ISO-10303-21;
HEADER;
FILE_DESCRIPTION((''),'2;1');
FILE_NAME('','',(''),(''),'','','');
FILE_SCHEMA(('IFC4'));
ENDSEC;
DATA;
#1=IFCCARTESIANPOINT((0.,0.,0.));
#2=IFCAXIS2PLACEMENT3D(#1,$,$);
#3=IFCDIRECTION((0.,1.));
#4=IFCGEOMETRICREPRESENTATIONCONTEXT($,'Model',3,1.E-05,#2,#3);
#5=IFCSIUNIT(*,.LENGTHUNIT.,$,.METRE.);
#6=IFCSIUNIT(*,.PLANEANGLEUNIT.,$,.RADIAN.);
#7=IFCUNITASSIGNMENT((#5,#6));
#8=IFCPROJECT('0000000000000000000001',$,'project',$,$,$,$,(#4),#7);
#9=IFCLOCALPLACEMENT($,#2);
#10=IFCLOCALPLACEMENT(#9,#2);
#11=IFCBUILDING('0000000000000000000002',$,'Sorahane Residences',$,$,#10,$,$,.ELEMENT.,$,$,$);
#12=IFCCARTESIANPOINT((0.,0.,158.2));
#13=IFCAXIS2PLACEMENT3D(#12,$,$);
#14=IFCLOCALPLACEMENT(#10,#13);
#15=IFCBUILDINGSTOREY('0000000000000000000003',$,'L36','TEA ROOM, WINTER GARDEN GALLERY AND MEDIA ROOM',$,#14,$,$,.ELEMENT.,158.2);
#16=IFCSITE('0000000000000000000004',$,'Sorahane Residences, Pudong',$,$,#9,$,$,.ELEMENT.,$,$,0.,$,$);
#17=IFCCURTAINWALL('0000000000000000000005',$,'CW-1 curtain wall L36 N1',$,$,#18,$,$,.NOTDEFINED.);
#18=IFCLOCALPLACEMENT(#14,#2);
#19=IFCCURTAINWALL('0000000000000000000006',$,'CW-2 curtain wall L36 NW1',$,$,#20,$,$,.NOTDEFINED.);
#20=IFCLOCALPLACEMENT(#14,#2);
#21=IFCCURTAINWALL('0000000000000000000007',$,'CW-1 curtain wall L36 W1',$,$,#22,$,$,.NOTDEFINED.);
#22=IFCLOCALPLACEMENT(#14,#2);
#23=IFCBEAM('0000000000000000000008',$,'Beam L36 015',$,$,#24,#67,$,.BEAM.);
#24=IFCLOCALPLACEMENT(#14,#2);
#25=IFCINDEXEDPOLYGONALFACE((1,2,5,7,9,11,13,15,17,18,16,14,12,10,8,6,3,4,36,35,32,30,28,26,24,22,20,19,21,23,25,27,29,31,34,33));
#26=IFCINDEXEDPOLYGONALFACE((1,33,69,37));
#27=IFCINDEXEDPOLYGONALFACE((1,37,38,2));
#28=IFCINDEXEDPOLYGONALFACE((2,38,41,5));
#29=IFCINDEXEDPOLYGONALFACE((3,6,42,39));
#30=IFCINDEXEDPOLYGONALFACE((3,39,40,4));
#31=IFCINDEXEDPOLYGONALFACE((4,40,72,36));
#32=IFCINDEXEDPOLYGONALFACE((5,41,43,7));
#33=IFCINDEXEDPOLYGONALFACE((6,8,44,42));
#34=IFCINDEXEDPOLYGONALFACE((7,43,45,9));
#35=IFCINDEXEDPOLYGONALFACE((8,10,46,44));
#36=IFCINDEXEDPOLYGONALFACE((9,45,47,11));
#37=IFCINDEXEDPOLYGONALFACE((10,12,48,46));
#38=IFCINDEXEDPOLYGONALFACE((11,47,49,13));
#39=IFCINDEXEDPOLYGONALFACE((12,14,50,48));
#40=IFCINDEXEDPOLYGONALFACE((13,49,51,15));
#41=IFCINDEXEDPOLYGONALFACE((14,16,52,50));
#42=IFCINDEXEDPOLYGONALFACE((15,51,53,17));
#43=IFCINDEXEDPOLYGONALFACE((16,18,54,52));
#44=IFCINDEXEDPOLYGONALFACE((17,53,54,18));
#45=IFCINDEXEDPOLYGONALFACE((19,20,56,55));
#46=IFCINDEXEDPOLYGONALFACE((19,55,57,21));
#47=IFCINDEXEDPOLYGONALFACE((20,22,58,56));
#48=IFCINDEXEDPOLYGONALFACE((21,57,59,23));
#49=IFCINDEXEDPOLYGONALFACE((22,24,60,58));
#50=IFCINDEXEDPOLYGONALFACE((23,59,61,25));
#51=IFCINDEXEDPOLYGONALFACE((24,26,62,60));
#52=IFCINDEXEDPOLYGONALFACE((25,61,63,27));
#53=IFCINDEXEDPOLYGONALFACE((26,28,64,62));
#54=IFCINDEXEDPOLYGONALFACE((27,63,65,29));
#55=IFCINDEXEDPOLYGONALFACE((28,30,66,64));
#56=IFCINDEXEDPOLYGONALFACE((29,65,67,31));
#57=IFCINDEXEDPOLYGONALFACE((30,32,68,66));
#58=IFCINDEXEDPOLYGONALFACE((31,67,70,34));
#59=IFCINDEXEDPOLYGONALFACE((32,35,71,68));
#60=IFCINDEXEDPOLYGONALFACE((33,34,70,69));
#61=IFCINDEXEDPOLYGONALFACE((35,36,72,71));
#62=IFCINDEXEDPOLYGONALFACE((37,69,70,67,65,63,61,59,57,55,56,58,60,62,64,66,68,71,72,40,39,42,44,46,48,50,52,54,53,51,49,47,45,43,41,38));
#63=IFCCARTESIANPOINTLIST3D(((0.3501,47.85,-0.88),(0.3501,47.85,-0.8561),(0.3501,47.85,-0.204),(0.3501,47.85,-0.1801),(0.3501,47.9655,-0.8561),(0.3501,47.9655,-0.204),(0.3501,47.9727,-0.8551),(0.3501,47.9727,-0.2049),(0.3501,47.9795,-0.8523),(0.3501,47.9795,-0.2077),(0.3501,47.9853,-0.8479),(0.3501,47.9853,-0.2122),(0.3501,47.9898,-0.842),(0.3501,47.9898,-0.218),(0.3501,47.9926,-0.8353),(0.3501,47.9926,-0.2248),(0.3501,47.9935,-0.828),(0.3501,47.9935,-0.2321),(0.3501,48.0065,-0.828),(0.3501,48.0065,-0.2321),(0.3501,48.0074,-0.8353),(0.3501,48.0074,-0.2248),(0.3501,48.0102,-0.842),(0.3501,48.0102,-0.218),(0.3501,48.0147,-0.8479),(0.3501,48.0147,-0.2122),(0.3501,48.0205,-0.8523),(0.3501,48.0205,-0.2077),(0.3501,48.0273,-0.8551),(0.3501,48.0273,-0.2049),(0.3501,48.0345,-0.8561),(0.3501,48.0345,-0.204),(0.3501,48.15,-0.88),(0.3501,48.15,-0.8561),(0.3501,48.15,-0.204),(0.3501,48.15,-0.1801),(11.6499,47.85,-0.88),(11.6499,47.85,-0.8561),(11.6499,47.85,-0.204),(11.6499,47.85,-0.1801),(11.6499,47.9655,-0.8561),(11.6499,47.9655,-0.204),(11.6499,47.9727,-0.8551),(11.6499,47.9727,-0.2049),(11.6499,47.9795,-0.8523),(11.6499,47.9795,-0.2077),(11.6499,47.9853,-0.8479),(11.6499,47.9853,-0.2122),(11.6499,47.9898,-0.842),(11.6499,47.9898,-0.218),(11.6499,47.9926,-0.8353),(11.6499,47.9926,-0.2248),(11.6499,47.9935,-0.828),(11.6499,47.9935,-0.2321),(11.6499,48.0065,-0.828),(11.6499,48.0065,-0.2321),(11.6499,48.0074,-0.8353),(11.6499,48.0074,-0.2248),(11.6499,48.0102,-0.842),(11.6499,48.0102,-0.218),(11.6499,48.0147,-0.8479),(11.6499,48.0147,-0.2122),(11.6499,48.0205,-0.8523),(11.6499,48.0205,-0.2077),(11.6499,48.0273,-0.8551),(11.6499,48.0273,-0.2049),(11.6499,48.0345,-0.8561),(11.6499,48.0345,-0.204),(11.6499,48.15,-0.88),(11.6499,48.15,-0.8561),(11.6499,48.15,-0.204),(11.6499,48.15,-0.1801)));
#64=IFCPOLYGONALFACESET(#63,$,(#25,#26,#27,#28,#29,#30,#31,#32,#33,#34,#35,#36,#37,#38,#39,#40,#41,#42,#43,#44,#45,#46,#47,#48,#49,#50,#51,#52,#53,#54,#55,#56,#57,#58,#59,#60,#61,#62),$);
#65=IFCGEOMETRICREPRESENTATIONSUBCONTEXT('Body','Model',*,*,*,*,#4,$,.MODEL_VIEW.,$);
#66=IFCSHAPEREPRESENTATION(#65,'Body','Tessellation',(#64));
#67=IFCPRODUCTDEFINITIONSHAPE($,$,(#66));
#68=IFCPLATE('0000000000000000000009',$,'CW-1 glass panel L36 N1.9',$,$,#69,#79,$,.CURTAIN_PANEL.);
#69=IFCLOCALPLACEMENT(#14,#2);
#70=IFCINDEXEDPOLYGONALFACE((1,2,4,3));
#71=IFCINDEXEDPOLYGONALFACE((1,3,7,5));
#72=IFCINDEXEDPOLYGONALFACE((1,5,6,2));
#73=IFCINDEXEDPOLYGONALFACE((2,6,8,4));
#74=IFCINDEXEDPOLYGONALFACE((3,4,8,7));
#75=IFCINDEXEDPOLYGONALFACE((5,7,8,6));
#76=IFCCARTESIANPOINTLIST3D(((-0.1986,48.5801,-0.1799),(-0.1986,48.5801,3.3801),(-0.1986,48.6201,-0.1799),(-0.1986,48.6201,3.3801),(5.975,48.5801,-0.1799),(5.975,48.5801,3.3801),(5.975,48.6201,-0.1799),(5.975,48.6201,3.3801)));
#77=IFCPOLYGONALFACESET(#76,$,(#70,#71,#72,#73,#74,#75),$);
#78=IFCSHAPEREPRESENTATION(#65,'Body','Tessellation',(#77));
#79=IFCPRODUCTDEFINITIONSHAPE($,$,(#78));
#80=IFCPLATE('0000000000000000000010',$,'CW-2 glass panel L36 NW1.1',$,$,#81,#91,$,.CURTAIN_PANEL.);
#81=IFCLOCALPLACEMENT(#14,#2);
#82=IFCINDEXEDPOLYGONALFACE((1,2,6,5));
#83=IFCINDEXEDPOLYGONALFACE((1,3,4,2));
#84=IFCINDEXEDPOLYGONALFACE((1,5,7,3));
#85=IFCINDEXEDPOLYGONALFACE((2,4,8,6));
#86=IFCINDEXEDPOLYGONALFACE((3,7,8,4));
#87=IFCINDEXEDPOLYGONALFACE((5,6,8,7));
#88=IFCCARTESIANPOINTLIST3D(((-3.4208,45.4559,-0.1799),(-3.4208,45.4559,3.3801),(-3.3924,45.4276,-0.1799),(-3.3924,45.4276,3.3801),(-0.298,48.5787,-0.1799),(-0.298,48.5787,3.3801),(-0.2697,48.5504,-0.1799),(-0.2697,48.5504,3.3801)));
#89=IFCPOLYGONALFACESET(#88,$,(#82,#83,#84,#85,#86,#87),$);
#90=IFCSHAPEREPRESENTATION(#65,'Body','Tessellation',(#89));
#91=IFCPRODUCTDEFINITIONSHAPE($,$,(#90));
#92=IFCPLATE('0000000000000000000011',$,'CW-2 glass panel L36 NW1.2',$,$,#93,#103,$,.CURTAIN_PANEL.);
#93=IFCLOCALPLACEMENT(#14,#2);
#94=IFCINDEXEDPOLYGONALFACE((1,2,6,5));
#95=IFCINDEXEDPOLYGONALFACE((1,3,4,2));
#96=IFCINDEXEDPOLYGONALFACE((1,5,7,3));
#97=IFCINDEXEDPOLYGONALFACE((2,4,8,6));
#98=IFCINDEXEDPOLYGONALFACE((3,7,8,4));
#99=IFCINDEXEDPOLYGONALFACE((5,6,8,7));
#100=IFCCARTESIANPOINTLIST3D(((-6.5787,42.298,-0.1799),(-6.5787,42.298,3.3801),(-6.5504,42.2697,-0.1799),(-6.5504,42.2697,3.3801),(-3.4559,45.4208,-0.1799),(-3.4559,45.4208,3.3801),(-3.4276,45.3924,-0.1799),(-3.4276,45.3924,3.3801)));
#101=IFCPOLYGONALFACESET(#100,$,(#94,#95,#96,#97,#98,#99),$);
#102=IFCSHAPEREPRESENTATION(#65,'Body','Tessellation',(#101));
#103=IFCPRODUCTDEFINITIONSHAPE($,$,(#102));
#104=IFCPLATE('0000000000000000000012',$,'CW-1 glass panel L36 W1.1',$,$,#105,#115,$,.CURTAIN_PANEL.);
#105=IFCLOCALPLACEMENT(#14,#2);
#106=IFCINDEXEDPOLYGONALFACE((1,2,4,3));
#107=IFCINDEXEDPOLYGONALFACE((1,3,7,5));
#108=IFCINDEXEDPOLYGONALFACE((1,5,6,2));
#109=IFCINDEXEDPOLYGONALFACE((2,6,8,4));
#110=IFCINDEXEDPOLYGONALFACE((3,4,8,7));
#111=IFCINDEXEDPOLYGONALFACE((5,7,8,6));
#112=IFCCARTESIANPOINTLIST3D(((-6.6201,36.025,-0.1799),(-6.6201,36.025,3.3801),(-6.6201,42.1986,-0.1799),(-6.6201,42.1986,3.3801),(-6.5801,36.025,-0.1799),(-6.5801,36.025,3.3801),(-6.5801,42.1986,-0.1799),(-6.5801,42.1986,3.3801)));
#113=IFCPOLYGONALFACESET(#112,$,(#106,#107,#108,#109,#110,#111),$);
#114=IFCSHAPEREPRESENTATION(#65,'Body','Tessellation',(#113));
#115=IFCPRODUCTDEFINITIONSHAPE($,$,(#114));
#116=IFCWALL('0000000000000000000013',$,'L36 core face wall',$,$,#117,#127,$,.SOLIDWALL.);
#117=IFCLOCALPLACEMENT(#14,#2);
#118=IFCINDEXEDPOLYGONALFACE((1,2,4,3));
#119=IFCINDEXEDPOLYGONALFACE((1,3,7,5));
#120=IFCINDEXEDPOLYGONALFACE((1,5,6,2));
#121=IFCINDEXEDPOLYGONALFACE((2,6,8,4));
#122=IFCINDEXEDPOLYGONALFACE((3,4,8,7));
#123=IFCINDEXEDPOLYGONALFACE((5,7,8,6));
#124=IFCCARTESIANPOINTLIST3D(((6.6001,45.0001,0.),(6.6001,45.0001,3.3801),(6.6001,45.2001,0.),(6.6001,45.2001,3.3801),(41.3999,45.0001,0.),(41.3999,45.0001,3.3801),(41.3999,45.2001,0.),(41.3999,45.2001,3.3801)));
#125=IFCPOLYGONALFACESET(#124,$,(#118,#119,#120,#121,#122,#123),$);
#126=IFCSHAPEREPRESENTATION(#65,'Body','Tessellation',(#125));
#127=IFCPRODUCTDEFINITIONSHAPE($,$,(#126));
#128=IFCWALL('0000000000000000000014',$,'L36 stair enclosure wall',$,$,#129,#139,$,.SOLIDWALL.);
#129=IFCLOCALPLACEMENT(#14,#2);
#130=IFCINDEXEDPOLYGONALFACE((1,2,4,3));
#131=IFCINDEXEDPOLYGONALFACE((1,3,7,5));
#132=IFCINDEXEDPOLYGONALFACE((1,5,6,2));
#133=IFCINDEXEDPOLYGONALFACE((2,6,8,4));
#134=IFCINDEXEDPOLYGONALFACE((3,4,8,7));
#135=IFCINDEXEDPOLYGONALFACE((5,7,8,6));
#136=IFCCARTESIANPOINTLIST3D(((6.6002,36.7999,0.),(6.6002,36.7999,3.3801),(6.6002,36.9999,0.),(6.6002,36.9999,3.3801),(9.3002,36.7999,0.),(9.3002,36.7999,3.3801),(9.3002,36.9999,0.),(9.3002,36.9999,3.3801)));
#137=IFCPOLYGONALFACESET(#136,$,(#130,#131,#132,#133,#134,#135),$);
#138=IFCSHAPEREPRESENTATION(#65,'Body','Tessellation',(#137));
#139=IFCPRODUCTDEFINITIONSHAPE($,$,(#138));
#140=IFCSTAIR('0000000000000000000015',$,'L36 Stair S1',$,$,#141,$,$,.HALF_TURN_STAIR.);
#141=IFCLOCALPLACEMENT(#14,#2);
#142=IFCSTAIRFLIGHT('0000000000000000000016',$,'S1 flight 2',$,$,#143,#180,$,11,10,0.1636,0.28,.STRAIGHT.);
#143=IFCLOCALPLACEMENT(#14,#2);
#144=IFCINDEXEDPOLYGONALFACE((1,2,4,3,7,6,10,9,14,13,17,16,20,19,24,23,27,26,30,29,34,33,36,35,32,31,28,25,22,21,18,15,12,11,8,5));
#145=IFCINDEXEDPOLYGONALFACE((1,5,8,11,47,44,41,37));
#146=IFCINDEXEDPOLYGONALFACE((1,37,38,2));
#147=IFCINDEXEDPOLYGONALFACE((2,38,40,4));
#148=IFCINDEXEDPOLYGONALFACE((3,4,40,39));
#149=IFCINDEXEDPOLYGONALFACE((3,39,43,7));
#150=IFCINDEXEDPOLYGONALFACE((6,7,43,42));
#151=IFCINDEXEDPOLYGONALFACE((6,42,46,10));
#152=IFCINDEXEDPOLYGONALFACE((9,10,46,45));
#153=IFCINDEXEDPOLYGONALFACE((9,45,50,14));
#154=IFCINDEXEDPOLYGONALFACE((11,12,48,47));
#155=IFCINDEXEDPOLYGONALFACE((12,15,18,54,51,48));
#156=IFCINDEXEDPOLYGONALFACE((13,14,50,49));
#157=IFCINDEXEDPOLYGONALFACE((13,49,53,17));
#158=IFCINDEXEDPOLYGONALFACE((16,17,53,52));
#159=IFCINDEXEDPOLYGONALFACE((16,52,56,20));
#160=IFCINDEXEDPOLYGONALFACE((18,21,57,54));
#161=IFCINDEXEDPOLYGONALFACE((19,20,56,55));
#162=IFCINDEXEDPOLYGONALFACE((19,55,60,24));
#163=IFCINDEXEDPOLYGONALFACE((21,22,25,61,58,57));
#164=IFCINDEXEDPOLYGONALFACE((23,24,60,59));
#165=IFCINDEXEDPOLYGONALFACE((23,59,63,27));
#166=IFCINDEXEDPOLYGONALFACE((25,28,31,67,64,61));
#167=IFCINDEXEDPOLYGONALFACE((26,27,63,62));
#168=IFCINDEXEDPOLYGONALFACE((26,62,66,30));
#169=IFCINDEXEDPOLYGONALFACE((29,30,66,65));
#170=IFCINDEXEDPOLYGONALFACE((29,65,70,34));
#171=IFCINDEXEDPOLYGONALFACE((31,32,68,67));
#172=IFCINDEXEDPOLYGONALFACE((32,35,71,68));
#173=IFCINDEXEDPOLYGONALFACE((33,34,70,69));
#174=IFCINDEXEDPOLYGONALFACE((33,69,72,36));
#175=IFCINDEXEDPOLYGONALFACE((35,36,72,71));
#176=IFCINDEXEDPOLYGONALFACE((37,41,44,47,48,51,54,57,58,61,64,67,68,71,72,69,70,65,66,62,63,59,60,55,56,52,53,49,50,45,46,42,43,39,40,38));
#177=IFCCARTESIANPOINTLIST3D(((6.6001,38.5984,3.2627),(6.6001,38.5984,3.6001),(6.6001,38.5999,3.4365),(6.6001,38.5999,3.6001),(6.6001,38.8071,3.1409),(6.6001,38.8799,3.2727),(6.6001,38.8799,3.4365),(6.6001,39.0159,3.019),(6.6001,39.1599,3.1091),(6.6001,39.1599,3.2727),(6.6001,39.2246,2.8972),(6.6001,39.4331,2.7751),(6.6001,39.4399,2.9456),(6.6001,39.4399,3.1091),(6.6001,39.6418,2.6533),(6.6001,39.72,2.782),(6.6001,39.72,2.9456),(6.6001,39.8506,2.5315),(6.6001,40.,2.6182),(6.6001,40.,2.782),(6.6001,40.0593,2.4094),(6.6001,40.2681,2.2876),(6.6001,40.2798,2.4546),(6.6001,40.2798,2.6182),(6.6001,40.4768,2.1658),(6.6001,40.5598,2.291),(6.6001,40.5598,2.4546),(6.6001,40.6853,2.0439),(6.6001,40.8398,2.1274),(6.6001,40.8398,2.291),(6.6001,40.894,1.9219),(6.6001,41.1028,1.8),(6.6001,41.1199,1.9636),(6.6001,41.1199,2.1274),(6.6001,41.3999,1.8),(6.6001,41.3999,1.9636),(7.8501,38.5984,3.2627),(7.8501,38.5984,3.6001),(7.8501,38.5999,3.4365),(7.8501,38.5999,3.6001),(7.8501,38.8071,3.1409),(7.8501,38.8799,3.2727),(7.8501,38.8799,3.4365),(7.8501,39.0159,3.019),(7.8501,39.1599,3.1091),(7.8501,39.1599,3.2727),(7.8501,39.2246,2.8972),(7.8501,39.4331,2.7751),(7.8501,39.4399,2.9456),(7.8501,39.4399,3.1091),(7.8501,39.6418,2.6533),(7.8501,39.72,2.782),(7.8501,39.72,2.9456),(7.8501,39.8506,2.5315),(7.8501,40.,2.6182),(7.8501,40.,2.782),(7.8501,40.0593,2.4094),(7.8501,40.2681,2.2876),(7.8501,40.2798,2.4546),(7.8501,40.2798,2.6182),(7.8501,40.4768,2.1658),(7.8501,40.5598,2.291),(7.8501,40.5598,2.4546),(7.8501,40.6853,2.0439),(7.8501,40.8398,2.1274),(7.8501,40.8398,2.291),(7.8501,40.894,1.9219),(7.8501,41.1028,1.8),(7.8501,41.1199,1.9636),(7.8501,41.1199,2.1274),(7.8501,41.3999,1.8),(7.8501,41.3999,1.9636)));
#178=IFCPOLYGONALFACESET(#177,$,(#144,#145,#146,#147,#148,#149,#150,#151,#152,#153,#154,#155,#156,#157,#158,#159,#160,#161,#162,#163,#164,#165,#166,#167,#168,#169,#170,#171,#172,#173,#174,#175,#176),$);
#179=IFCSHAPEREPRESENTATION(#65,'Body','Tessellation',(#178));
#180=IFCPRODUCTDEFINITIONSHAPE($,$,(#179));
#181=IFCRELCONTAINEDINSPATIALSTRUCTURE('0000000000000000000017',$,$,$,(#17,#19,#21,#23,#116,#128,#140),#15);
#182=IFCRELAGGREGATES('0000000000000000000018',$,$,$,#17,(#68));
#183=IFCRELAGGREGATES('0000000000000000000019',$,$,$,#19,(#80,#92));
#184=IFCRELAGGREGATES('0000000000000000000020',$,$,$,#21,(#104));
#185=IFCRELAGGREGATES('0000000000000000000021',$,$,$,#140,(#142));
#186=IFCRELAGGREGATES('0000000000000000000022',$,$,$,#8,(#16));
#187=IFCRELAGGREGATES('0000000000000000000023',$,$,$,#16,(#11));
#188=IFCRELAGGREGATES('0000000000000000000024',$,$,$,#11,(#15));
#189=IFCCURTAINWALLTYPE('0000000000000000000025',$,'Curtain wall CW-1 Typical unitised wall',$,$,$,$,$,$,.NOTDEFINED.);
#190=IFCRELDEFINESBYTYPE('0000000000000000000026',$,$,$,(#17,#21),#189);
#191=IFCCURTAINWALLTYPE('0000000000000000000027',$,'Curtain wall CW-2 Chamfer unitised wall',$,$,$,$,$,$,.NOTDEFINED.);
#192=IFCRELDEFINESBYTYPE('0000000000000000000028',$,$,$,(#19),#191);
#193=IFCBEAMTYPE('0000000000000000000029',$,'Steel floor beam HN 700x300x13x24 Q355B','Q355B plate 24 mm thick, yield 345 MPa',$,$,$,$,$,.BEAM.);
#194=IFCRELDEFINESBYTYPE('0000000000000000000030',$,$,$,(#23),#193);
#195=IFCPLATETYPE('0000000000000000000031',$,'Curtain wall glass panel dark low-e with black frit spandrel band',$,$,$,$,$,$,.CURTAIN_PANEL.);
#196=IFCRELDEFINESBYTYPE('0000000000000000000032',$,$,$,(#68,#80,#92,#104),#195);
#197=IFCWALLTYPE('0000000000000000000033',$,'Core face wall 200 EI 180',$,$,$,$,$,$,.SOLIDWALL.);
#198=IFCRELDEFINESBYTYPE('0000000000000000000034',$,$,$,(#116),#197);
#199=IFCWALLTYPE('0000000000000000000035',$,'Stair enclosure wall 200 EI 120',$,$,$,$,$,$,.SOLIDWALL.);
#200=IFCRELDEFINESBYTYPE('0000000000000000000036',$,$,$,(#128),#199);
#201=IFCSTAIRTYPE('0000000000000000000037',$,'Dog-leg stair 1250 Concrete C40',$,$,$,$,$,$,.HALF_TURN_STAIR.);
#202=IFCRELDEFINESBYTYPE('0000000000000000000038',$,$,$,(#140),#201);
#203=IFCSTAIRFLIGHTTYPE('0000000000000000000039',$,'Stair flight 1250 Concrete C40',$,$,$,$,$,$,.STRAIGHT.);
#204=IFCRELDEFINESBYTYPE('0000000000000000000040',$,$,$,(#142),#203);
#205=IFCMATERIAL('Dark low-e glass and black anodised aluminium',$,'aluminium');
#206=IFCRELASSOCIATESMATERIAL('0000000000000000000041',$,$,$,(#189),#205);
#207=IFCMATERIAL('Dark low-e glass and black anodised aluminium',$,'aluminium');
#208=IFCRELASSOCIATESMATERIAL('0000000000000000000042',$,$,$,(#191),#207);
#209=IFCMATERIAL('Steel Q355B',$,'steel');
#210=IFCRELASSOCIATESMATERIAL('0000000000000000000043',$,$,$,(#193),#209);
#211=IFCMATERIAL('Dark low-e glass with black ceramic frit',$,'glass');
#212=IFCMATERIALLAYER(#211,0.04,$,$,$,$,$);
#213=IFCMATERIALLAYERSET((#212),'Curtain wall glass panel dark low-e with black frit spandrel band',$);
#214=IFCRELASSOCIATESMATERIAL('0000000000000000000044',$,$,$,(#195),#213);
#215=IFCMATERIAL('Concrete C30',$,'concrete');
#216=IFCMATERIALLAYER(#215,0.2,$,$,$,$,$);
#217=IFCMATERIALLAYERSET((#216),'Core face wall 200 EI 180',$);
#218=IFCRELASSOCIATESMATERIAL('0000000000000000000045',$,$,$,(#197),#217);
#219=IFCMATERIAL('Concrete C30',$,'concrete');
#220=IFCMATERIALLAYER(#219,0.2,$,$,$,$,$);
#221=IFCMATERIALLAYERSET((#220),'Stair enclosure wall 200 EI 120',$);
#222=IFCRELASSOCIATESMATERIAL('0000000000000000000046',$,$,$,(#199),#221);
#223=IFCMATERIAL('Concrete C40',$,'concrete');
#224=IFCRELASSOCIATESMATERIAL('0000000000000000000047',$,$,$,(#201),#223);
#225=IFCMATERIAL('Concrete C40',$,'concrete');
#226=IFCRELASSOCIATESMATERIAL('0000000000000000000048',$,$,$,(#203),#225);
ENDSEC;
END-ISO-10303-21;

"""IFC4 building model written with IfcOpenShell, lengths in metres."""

from ifc_helpers import new_model, si_unit, direction, frame, frame_2d, origin, origin_2d, place, context, subcontext, project, spatial, polyline, rectangle, i_section, outline, extrude, material, layer, layer_set, material_profile, profile_set, type_object, element, aggregate, save


model = new_model("IFC4")

# Units and contexts
model_context = context("Model", 3, precision=1e-05, world=origin(), true_north=direction((0.0, 1.0)))
body_context = subcontext(model_context, "Body", "Model", "MODEL_VIEW")
ifc_project = project(units=[si_unit("LENGTHUNIT", "METRE"), si_unit("PLANEANGLEUNIT", "RADIAN")], contexts=[model_context])

# Site, building, storey
site_placement = place(None, origin())
site = spatial("IfcSite", under=ifc_project, at=site_placement, Name="Sorahane Residences, Pudong", CompositionType="ELEMENT", RefElevation=0.0)
building_placement = place(site_placement, origin())
building = spatial("IfcBuilding", under=site, at=building_placement, Name="Sorahane Residences", CompositionType="ELEMENT")
storey_placement = place(building_placement, frame((0.0, 0.0, 158.2)))
storey = spatial("IfcBuildingStorey", under=building, at=storey_placement, Name="L36", Description="TEA ROOM, WINTER GARDEN GALLERY AND MEDIA ROOM", CompositionType="ELEMENT", Elevation=158.2)

# Curtain walls
ifc_material_1 = material(Name="Dark low-e glass and black anodised aluminium", Category="aluminium")
curtain_wall_type_1 = type_object("IfcCurtainWallType", Name="Curtain wall CW-1 Typical unitised wall", PredefinedType="NOTDEFINED", material=ifc_material_1)
curtain_wall_1_placement = place(storey_placement, origin())
curtain_wall_1 = element("IfcCurtainWall", 1, at=curtain_wall_1_placement, inside=storey, type_object=curtain_wall_type_1, Name="CW-1 curtain wall L36 N1", PredefinedType="NOTDEFINED")
ifc_material_2 = material(Name="Dark low-e glass and black anodised aluminium", Category="aluminium")
curtain_wall_type_2 = type_object("IfcCurtainWallType", Name="Curtain wall CW-2 Chamfer unitised wall", PredefinedType="NOTDEFINED", material=ifc_material_2)
curtain_wall_2_placement = place(storey_placement, origin())
curtain_wall_2 = element("IfcCurtainWall", 2, at=curtain_wall_2_placement, inside=storey, type_object=curtain_wall_type_2, Name="CW-2 curtain wall L36 NW1", PredefinedType="NOTDEFINED")

# Curtain wall
curtain_wall_3_placement = place(storey_placement, origin())
curtain_wall_3 = element("IfcCurtainWall", 3, at=curtain_wall_3_placement, inside=storey, type_object=curtain_wall_type_1, Name="CW-1 curtain wall L36 W1", PredefinedType="NOTDEFINED")

# Beam
ifc_material_3 = material(Name="Steel Q355B", Category="steel")
ifc_material_profile_1 = material_profile(ifc_material_3, i_section(OverallWidth=0.3, OverallDepth=0.7, WebThickness=0.0129, FlangeThickness=0.0239, FilletRadius=0.0281, at=origin_2d()), Name="HN 700x300x13x24")
ifc_profile_set_1 = profile_set([ifc_material_profile_1], Name="Steel Q355B")
beam_type_1 = type_object("IfcBeamType", Name="Steel floor beam HN 700x300x13x24 Q355B", Description="Q355B plate 24 mm thick, yield 345 MPa", PredefinedType="BEAM", material=ifc_profile_set_1)
beam_1_placement = place(storey_placement, frame((0.3501, 48.0, -0.53), z_axis=(1.0, 0.0, 0.0), x_axis=(0.0, 1.0, 0.0)))
element("IfcBeam", 4, at=beam_1_placement, inside=storey, type_object=beam_type_1, Name="Beam L36 015", PredefinedType="BEAM", context=body_context, shape_type="SweptSolid", body=[
    extrude(i_section(OverallWidth=0.3, OverallDepth=0.7, WebThickness=0.0129, FlangeThickness=0.0239, FilletRadius=0.0281, at=origin_2d()), origin(), (0.0, 0.0, 1.0), 11.2998),
])

# Plates
ifc_material_4 = material(Name="Dark low-e glass with black ceramic frit", Category="glass")
ifc_layer_1 = layer(ifc_material_4, 0.04)
ifc_layer_set_1 = layer_set([ifc_layer_1], Name="Curtain wall glass panel dark low-e with black frit spandrel band")
plate_type = type_object("IfcPlateType", Name="Curtain wall glass panel dark low-e with black frit spandrel band", PredefinedType="CURTAIN_PANEL", material=ifc_layer_set_1)
plate_1_placement = place(storey_placement, frame((2.8882, 48.6001, -0.1799), z_axis=(0.0, 0.0, 1.0), x_axis=(-1.0, 0.0, 0.0)))
plate_1 = element("IfcPlate", 5, at=plate_1_placement, type_object=plate_type, Name="CW-1 glass panel L36 N1.9", PredefinedType="CURTAIN_PANEL", context=body_context, shape_type="SweptSolid", body=[
    extrude(rectangle(XDim=6.1736, YDim=0.04, at=origin_2d()), origin(), (0.0, 0.0, 1.0), 3.5601),
])
aggregate(curtain_wall_1, [plate_1])
plate_2_placement = place(storey_placement, frame((-1.8452, 47.0032, -0.1799), z_axis=(0.0, 0.0, 1.0), x_axis=(-0.707107, -0.707107, 0.0)))
plate_2 = element("IfcPlate", 6, at=plate_2_placement, type_object=plate_type, Name="CW-2 glass panel L36 NW1.1", PredefinedType="CURTAIN_PANEL", context=body_context, shape_type="SweptSolid", body=[
    extrude(rectangle(XDim=4.4163, YDim=0.04, at=origin_2d()), origin(), (0.0, 0.0, 1.0), 3.5601),
])
plate_3_placement = place(storey_placement, frame((-5.0032, 43.8452, -0.1799), z_axis=(0.0, 0.0, 1.0), x_axis=(-0.707107, -0.707107, 0.0)))
plate_3 = element("IfcPlate", 7, at=plate_3_placement, type_object=plate_type, Name="CW-2 glass panel L36 NW1.2", PredefinedType="CURTAIN_PANEL", context=body_context, shape_type="SweptSolid", body=[
    extrude(rectangle(XDim=4.4163, YDim=0.04, at=origin_2d()), origin(), (0.0, 0.0, 1.0), 3.5601),
])
aggregate(curtain_wall_2, [plate_2, plate_3])
plate_4_placement = place(storey_placement, frame((-6.6001, 39.1118, -0.1799), z_axis=(0.0, 0.0, 1.0), x_axis=(0.0, -1.0, 0.0)))
plate_4 = element("IfcPlate", 8, at=plate_4_placement, type_object=plate_type, Name="CW-1 glass panel L36 W1.1", PredefinedType="CURTAIN_PANEL", context=body_context, shape_type="SweptSolid", body=[
    extrude(rectangle(XDim=6.1736, YDim=0.04, at=origin_2d()), origin(), (0.0, 0.0, 1.0), 3.5601),
])
aggregate(curtain_wall_3, [plate_4])

# Walls
ifc_material_5 = material(Name="Concrete C30", Category="concrete")
ifc_layer_2 = layer(ifc_material_5, 0.2)
ifc_layer_set_2 = layer_set([ifc_layer_2], Name="Core face wall 200 EI 180")
wall_type_1 = type_object("IfcWallType", Name="Core face wall 200 EI 180", PredefinedType="SOLIDWALL", material=ifc_layer_set_2)
wall_1_placement = place(storey_placement, frame((6.6001, 45.1001, 0.0), z_axis=(0.0, 0.0, 1.0), x_axis=(1.0, 0.0, 0.0)))
element("IfcWall", 9, at=wall_1_placement, inside=storey, type_object=wall_type_1, Name="L36 core face wall", PredefinedType="SOLIDWALL", context=body_context, shape_type="SweptSolid", body=[
    extrude(rectangle(XDim=34.7998, YDim=0.2, at=frame_2d((17.3999, 0.0))), origin(), (0.0, 0.0, 1.0), 3.3801),
])
ifc_material_6 = material(Name="Concrete C30", Category="concrete")
ifc_layer_3 = layer(ifc_material_6, 0.2)
ifc_layer_set_3 = layer_set([ifc_layer_3], Name="Stair enclosure wall 200 EI 120")
wall_type_2 = type_object("IfcWallType", Name="Stair enclosure wall 200 EI 120", PredefinedType="SOLIDWALL", material=ifc_layer_set_3)
wall_2_placement = place(storey_placement, frame((6.6001, 36.8999, 0.0), z_axis=(0.0, 0.0, 1.0), x_axis=(1.0, 0.0, 0.0)))
element("IfcWall", 10, at=wall_2_placement, inside=storey, type_object=wall_type_2, Name="L36 stair enclosure wall", PredefinedType="SOLIDWALL", context=body_context, shape_type="SweptSolid", body=[
    extrude(rectangle(XDim=2.7, YDim=0.2, at=frame_2d((1.3501, 0.0))), origin(), (0.0, 0.0, 1.0), 3.3801),
])

# Stair, stair flight
ifc_material_7 = material(Name="Concrete C40", Category="concrete")
stair_type = type_object("IfcStairType", Name="Dog-leg stair 1250 Concrete C40", PredefinedType="HALF_TURN_STAIR", material=ifc_material_7)
stair_placement = place(storey_placement, origin())
stair = element("IfcStair", 11, at=stair_placement, inside=storey, type_object=stair_type, Name="L36 Stair S1", PredefinedType="HALF_TURN_STAIR")
ifc_material_8 = material(Name="Concrete C40", Category="concrete")
stair_flight_type = type_object("IfcStairFlightType", Name="Stair flight 1250 Concrete C40", PredefinedType="STRAIGHT", material=ifc_material_8)
stair_flight_placement = place(storey_placement, frame((7.2251, 41.3999, 1.8), z_axis=(0.0, 0.0, 1.0), x_axis=(0.0, -1.0, 0.0)))
stair_flight = element("IfcStairFlight", 12, at=stair_flight_placement, type_object=stair_flight_type, Name="S1 flight 2", NumberOfRisers=11, NumberOfTreads=10, PredefinedType="STRAIGHT", RiserHeight=0.1636, TreadLength=0.28, context=body_context, shape_type="SweptSolid", body=[
    extrude(outline(polyline([(0.0, 0.0), (0.0, 0.1636), (0.28, 0.1636), (0.28, 0.3274), (0.5601, 0.3274), (0.5601, 0.491), (0.8401, 0.491), (0.8401, 0.6545), (1.1201, 0.6545), (1.1201, 0.8181), (1.3999, 0.8181), (1.3999, 0.9819), (1.6799, 0.9819), (1.6799, 1.1455), (1.96, 1.1455), (1.96, 1.3091), (2.24, 1.3091), (2.24, 1.4727), (2.52, 1.4727), (2.52, 1.6365), (2.8, 1.6365), (2.8, 1.8), (2.8015, 1.8), (2.8015, 1.4626), (2.5928, 1.3408), (2.384, 1.219), (2.1753, 1.0972), (1.9668, 0.9751), (1.7581, 0.8533), (1.5493, 0.7314), (1.3406, 0.6094), (1.1318, 0.4875), (0.9231, 0.3657), (0.7146, 0.2439), (0.5059, 0.1218), (0.2971, 0.0), (0.0, 0.0)])), frame((0.0, 0.625, 0.0), z_axis=(0.0, -1.0, 0.0), x_axis=(1.0, 0.0, 0.0)), (0.0, 0.0, 1.0), 1.25),
])
aggregate(stair, [stair_flight])

save(model, "model.ifc")
